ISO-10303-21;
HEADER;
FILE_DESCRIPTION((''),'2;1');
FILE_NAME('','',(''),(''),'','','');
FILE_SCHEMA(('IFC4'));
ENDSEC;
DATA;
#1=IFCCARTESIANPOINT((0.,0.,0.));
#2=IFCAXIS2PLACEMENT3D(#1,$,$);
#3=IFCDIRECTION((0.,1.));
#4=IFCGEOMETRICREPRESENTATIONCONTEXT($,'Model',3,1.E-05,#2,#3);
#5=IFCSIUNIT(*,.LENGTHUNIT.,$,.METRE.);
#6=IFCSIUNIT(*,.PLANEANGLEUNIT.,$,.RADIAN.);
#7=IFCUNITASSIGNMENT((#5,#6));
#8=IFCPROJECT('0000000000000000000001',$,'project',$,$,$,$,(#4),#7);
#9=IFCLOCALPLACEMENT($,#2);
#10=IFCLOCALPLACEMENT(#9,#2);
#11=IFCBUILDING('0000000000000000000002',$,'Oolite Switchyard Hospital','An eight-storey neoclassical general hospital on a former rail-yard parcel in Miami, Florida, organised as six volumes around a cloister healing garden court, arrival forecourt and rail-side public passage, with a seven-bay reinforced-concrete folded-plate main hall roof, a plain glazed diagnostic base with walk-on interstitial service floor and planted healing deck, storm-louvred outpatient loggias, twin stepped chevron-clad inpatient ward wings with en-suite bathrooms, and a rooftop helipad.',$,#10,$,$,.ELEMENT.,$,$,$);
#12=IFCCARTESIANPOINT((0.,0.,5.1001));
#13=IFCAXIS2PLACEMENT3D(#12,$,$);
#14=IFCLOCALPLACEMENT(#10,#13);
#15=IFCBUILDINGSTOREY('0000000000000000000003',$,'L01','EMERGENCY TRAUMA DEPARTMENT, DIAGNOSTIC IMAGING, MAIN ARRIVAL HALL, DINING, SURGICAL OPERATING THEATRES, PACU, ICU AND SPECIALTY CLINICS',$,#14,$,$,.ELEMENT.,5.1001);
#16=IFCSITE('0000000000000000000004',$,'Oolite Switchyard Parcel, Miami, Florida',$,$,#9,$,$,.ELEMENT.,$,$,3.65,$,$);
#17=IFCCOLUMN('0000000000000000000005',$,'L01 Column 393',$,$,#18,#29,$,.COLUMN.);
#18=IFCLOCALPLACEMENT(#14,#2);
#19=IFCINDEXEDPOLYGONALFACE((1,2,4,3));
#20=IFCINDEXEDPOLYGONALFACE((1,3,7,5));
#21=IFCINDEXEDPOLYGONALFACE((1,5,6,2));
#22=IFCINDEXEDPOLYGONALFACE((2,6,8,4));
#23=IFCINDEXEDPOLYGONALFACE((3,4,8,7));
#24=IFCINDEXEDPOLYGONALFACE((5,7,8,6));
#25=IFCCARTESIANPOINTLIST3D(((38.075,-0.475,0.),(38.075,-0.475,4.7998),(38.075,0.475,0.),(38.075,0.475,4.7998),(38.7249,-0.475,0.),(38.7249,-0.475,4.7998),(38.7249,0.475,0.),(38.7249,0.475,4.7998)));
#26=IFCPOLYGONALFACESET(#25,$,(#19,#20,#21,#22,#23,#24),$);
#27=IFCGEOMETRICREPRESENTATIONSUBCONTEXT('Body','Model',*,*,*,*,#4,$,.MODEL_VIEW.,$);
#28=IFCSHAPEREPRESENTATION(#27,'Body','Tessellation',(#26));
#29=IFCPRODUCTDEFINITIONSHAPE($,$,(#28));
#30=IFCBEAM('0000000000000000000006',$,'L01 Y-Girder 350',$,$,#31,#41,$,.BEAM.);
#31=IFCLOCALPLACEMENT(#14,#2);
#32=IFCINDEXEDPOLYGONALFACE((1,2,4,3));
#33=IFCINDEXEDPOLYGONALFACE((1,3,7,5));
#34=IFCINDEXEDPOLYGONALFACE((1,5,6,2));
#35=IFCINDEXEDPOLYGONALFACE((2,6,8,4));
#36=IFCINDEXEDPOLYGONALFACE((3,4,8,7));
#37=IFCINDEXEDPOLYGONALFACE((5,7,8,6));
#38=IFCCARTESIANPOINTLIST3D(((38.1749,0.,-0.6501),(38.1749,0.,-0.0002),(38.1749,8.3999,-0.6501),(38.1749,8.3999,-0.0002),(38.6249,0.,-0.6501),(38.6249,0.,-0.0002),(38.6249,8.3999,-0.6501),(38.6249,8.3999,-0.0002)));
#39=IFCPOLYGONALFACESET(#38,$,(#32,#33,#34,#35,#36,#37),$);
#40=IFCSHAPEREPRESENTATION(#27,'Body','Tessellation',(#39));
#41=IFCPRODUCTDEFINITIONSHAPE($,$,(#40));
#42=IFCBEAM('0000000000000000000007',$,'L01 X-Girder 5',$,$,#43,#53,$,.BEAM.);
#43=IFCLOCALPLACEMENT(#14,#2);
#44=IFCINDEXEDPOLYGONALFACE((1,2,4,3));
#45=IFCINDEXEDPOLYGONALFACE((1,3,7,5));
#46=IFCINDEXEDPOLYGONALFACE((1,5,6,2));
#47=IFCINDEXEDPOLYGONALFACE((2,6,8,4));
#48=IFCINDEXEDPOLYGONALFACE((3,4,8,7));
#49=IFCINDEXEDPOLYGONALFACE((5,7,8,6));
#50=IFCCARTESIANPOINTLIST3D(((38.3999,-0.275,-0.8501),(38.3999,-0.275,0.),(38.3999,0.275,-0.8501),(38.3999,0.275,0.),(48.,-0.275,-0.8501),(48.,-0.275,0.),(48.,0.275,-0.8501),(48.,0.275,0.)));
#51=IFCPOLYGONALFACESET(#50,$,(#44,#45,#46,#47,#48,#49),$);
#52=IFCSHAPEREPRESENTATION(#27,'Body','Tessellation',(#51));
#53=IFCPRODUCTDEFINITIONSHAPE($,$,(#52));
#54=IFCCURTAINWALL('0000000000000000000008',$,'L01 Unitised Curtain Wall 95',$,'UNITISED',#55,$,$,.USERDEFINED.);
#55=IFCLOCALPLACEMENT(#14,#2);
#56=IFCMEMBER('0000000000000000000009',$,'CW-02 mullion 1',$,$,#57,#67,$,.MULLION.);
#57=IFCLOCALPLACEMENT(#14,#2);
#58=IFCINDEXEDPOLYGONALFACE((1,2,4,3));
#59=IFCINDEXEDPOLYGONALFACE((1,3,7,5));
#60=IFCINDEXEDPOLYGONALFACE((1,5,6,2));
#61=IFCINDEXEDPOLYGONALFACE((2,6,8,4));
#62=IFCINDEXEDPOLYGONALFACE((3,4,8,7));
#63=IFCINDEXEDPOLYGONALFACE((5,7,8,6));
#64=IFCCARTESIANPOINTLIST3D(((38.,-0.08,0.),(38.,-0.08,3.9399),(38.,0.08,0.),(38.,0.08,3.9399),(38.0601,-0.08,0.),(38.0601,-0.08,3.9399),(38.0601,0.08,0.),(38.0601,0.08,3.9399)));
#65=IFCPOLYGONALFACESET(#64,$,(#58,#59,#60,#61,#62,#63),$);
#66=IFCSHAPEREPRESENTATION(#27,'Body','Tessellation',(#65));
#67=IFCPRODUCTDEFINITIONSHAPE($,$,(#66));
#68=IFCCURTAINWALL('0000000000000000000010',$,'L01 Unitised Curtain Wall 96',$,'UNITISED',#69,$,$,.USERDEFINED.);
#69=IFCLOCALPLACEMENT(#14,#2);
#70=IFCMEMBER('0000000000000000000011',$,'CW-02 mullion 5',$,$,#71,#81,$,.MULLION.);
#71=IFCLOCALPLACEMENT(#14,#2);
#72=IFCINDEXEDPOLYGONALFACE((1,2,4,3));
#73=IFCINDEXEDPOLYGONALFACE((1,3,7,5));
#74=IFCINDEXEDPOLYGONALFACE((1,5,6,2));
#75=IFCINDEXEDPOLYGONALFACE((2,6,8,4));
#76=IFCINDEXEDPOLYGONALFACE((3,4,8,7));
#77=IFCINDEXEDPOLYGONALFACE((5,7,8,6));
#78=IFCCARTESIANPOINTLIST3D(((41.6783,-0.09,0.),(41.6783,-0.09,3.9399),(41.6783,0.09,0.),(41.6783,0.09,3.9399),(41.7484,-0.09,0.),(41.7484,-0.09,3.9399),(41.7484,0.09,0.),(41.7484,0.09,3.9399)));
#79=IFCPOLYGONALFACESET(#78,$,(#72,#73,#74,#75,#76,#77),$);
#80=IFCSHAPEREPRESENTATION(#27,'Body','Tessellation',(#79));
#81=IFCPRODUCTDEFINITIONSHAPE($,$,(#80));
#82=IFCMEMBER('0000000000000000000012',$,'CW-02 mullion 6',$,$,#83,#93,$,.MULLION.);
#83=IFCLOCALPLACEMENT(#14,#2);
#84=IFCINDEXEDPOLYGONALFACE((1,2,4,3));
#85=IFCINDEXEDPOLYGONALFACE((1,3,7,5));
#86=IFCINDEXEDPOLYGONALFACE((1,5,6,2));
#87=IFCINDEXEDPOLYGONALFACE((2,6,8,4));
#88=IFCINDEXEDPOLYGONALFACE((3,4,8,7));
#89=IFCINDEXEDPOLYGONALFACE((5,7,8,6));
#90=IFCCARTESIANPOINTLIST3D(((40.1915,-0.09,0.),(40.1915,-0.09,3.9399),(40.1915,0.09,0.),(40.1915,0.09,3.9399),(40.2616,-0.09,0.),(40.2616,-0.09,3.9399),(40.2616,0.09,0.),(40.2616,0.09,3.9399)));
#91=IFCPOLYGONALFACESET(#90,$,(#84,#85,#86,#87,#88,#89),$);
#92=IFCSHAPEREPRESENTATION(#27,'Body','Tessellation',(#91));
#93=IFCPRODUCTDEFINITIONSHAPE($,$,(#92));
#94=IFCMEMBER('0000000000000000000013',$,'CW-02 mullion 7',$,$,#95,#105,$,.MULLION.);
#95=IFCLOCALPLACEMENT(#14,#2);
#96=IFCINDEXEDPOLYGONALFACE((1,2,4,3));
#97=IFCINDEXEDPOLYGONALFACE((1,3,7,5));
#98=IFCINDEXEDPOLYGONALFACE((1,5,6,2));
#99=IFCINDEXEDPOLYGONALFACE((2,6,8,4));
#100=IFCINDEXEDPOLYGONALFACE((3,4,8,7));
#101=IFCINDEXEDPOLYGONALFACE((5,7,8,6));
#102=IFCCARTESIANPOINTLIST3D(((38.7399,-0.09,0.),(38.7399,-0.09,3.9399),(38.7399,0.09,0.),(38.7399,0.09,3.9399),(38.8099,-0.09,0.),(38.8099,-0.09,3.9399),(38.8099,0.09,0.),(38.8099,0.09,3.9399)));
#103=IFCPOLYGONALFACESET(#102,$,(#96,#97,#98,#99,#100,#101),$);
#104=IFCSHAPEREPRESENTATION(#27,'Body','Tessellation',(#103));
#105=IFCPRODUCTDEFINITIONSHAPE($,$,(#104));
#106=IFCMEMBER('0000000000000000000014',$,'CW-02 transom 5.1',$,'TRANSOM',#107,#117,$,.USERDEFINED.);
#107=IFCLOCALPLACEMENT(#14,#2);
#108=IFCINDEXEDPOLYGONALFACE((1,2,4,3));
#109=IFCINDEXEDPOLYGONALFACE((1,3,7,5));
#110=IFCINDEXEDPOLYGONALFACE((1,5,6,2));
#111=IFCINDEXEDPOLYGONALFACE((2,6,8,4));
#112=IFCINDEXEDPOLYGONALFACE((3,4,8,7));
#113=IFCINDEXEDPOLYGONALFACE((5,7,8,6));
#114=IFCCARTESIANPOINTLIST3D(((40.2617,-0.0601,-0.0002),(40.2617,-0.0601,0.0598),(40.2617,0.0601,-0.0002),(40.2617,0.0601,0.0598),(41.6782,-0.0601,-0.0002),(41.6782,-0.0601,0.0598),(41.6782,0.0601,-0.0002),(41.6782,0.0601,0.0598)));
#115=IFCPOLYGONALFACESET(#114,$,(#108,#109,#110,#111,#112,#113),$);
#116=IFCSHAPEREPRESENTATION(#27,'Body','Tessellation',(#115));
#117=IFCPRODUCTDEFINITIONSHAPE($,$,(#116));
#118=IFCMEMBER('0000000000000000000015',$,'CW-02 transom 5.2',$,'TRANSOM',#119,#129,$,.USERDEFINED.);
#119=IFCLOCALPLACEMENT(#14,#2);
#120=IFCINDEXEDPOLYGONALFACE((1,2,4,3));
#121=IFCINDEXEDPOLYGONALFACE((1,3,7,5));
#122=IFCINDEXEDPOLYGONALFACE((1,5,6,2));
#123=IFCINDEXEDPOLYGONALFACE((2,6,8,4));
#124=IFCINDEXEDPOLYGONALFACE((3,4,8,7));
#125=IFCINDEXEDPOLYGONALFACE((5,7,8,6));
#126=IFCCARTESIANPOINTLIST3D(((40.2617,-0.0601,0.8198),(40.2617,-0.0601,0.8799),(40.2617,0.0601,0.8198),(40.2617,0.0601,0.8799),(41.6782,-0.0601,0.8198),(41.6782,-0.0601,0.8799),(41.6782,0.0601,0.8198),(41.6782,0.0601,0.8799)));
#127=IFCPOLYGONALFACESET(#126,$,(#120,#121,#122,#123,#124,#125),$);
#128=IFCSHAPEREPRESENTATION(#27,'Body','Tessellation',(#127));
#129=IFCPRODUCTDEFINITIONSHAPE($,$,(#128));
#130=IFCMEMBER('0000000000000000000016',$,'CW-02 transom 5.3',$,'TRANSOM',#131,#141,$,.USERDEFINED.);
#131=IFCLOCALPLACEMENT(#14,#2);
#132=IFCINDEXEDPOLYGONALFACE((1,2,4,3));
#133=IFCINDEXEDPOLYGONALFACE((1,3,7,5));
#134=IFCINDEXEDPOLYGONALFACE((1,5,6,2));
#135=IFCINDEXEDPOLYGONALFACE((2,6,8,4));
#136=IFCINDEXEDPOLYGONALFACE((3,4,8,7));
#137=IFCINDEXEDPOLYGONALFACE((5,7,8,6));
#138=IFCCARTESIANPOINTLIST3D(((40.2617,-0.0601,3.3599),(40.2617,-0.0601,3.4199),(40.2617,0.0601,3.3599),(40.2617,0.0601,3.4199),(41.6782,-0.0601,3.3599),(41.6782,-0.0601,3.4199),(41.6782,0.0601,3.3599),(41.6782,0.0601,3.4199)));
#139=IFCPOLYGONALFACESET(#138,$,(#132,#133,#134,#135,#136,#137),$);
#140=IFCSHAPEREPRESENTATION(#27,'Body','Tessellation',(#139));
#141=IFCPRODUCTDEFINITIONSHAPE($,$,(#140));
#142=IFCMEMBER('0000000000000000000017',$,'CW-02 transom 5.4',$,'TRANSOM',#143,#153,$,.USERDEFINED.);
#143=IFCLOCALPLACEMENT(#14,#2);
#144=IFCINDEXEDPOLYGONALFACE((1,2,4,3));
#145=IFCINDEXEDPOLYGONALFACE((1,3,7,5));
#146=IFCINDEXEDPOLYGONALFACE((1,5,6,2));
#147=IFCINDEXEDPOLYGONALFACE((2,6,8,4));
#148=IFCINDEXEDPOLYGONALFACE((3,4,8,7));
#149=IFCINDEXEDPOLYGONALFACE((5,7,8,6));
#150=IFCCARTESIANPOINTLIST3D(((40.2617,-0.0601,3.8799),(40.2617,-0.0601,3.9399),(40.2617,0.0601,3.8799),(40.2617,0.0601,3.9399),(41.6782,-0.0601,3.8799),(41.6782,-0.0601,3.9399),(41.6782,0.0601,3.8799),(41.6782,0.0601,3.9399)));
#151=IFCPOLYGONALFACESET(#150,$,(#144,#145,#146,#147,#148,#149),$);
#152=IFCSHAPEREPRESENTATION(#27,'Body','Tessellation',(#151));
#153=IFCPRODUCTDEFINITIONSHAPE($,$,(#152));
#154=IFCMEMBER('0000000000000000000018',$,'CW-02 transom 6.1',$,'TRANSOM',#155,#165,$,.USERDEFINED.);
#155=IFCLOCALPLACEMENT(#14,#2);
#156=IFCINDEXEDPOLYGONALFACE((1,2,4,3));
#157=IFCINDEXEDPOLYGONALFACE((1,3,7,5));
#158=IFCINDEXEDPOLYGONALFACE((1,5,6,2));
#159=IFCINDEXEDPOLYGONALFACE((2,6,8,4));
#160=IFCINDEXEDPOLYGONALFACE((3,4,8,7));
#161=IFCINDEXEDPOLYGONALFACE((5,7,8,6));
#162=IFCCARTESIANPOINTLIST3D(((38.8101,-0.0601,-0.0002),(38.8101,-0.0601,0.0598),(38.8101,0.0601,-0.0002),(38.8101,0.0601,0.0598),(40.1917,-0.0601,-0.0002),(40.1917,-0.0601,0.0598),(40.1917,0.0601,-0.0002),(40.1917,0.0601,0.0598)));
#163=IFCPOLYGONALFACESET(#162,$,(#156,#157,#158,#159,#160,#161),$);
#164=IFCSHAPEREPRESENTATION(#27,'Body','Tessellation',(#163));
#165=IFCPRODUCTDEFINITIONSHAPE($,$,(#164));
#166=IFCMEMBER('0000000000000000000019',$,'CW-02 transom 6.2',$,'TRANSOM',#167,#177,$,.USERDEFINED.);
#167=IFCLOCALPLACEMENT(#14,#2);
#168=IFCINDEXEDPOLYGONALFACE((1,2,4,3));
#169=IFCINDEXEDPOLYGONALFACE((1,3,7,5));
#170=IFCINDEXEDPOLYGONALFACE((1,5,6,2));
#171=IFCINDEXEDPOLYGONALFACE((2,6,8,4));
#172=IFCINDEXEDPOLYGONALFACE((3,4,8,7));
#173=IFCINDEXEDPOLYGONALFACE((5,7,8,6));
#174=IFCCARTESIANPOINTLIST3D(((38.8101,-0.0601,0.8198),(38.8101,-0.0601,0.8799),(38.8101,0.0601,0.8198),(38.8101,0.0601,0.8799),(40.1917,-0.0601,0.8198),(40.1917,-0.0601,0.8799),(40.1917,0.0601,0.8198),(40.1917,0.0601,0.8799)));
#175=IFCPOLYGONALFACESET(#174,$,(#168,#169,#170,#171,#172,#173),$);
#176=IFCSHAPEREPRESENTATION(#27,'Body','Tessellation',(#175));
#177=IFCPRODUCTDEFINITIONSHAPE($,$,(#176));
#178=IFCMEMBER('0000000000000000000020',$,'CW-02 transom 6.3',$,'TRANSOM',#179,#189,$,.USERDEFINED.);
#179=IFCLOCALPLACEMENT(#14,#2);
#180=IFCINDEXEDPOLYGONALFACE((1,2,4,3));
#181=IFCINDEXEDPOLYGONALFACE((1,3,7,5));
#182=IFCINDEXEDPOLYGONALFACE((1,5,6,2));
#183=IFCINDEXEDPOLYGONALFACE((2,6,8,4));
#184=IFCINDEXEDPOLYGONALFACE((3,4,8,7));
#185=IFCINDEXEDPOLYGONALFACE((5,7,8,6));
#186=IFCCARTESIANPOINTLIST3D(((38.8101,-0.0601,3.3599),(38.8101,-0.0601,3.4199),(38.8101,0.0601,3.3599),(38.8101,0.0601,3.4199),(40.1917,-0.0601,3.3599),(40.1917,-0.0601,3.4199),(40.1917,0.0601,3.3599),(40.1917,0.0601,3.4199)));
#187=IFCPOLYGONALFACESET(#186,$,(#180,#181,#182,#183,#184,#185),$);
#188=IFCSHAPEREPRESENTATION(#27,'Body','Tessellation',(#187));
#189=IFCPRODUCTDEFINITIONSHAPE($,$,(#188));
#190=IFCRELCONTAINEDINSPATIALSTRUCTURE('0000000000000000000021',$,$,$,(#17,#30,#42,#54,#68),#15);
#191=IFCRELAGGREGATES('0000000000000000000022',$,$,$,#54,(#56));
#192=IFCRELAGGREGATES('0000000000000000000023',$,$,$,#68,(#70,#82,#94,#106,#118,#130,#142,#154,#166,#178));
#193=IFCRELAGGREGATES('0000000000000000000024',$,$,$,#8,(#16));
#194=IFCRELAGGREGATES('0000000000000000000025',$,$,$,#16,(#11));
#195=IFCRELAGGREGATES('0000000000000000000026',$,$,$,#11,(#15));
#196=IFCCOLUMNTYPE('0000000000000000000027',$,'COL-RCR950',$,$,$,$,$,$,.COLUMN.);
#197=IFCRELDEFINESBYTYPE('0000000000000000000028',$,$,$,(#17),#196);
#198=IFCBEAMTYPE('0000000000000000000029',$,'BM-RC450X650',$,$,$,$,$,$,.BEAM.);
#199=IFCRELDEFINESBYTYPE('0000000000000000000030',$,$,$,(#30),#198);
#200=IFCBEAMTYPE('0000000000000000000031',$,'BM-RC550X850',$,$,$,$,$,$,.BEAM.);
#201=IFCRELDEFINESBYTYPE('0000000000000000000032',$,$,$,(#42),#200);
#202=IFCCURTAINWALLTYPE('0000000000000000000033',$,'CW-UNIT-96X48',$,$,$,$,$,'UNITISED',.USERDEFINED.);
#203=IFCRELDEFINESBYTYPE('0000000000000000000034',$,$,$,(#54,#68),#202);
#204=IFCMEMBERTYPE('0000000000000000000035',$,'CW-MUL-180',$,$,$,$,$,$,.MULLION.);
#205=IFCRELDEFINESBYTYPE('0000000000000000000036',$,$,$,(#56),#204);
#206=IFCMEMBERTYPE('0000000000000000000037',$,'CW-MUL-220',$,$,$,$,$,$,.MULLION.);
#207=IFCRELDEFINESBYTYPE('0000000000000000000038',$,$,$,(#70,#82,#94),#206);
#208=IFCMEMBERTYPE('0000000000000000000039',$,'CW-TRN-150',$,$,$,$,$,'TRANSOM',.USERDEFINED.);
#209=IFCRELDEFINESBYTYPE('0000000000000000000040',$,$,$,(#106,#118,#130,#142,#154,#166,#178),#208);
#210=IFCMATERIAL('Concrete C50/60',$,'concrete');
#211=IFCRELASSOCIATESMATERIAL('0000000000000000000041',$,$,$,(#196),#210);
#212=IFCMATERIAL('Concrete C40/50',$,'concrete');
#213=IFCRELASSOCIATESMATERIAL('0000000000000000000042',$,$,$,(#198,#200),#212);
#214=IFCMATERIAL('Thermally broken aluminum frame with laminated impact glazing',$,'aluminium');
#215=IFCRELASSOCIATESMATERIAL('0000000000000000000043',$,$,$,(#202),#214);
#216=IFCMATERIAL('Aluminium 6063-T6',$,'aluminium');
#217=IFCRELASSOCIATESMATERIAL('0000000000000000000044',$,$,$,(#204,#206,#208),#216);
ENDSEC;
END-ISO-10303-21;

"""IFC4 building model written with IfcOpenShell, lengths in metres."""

from ifc_helpers import new_model, si_unit, direction, frame, origin, origin_2d, place, context, subcontext, project, spatial, rectangle, extrude, material, material_profile, profile_set, type_object, element, aggregate, save


model = new_model("IFC4")

# Units and contexts
model_context = context("Model", 3, precision=1e-05, world=origin(), true_north=direction((0.0, 1.0)))
body_context = subcontext(model_context, "Body", "Model", "MODEL_VIEW")
ifc_project = project(units=[si_unit("LENGTHUNIT", "METRE"), si_unit("PLANEANGLEUNIT", "RADIAN")], contexts=[model_context])

# Site, building, storey
site_placement = place(None, origin())
site = spatial("IfcSite", under=ifc_project, at=site_placement, Name="Oolite Switchyard Parcel, Miami, Florida", CompositionType="ELEMENT", RefElevation=3.65)
building_placement = place(site_placement, origin())
building = spatial("IfcBuilding", under=site, at=building_placement, Name="Oolite Switchyard Hospital", Description="An eight-storey neoclassical general hospital on a former rail-yard parcel in Miami, Florida, organised as six volumes around a cloister healing garden court, arrival forecourt and rail-side public passage, with a seven-bay reinforced-concrete folded-plate main hall roof, a plain glazed diagnostic base with walk-on interstitial service floor and planted healing deck, storm-louvred outpatient loggias, twin stepped chevron-clad inpatient ward wings with en-suite bathrooms, and a rooftop helipad.", CompositionType="ELEMENT")
storey_placement = place(building_placement, frame((0.0, 0.0, 5.1001)))
storey = spatial("IfcBuildingStorey", under=building, at=storey_placement, Name="L01", Description="EMERGENCY TRAUMA DEPARTMENT, DIAGNOSTIC IMAGING, MAIN ARRIVAL HALL, DINING, SURGICAL OPERATING THEATRES, PACU, ICU AND SPECIALTY CLINICS", CompositionType="ELEMENT", Elevation=5.1001)

# Column
ifc_material_1 = material(Name="Concrete C50/60", Category="concrete")
ifc_material_profile_1 = material_profile(ifc_material_1, rectangle(XDim=0.95, YDim=0.6499, at=origin_2d()), Name="RC950X650")
ifc_profile_set_1 = profile_set([ifc_material_profile_1], Name="Concrete C50/60")
column_type = type_object("IfcColumnType", Name="COL-RCR950", PredefinedType="COLUMN", material=ifc_profile_set_1)
column_placement = place(storey_placement, frame((38.3999, 0.0, 0.0), z_axis=(0.0, 0.0, 1.0), x_axis=(0.0, 1.0, 0.0)))
element("IfcColumn", 1, at=column_placement, inside=storey, type_object=column_type, Name="L01 Column 393", PredefinedType="COLUMN", context=body_context, shape_type="SweptSolid", body=[
    extrude(rectangle(XDim=0.95, YDim=0.6499, at=origin_2d()), origin(), (0.0, 0.0, 1.0), 4.7998),
])

# Beams
ifc_material_2 = material(Name="Concrete C40/50", Category="concrete")
ifc_material_profile_2 = material_profile(ifc_material_2, rectangle(XDim=0.45, YDim=0.6499, at=origin_2d()), Name="RCB450X650")
ifc_profile_set_2 = profile_set([ifc_material_profile_2], Name="Concrete C40/50")
beam_type_1 = type_object("IfcBeamType", Name="BM-RC450X650", PredefinedType="BEAM", material=ifc_profile_set_2)
beam_1_placement = place(storey_placement, frame((38.3999, 0.0, -0.3252), z_axis=(0.0, 1.0, 0.0), x_axis=(-1.0, 0.0, 0.0)))
element("IfcBeam", 2, at=beam_1_placement, inside=storey, type_object=beam_type_1, Name="L01 Y-Girder 350", PredefinedType="BEAM", context=body_context, shape_type="SweptSolid", body=[
    extrude(rectangle(XDim=0.45, YDim=0.6499, at=origin_2d()), origin(), (0.0, 0.0, 1.0), 8.3999),
])
ifc_material_profile_3 = material_profile(ifc_material_2, rectangle(XDim=0.55, YDim=0.8501, at=origin_2d()), Name="RCB550X850")
ifc_profile_set_3 = profile_set([ifc_material_profile_3], Name="Concrete C40/50")
beam_type_2 = type_object("IfcBeamType", Name="BM-RC550X850", PredefinedType="BEAM", material=ifc_profile_set_3)
beam_2_placement = place(storey_placement, frame((38.3999, 0.0, -0.425), z_axis=(1.0, 0.0, 0.0), x_axis=(0.0, 1.0, 0.0)))
element("IfcBeam", 3, at=beam_2_placement, inside=storey, type_object=beam_type_2, Name="L01 X-Girder 5", PredefinedType="BEAM", context=body_context, shape_type="SweptSolid", body=[
    extrude(rectangle(XDim=0.55, YDim=0.8501, at=origin_2d()), origin(), (0.0, 0.0, 1.0), 9.6001),
])

# Curtain wall, member
ifc_material_3 = material(Name="Thermally broken aluminum frame with laminated impact glazing", Category="aluminium")
curtain_wall_type = type_object("IfcCurtainWallType", Name="CW-UNIT-96X48", ElementType="UNITISED", PredefinedType="USERDEFINED", material=ifc_material_3)
curtain_wall_1_placement = place(storey_placement, origin())
curtain_wall_1 = element("IfcCurtainWall", 4, at=curtain_wall_1_placement, inside=storey, type_object=curtain_wall_type, Name="L01 Unitised Curtain Wall 95", ObjectType="UNITISED", PredefinedType="USERDEFINED")
ifc_material_4 = material(Name="Aluminium 6063-T6", Category="aluminium")
ifc_material_profile_4 = material_profile(ifc_material_4, rectangle(XDim=0.1599, YDim=0.0601, at=origin_2d()), Name="CWM60X160")
ifc_profile_set_4 = profile_set([ifc_material_profile_4], Name="Aluminium 6063-T6")
member_type_1 = type_object("IfcMemberType", Name="CW-MUL-180", PredefinedType="MULLION", material=ifc_profile_set_4)
member_1_placement = place(storey_placement, frame((38.03, 0.0, 0.0), z_axis=(0.0, 0.0, 1.0), x_axis=(0.0, -1.0, 0.0)))
member_1 = element("IfcMember", 5, at=member_1_placement, type_object=member_type_1, Name="CW-02 mullion 1", PredefinedType="MULLION", context=body_context, shape_type="SweptSolid", body=[
    extrude(rectangle(XDim=0.1599, YDim=0.0601, at=origin_2d()), origin(), (0.0, 0.0, 1.0), 3.9399),
])

# Curtain wall, members
curtain_wall_2_placement = place(storey_placement, origin())
curtain_wall_2 = element("IfcCurtainWall", 6, at=curtain_wall_2_placement, inside=storey, type_object=curtain_wall_type, Name="L01 Unitised Curtain Wall 96", ObjectType="UNITISED", PredefinedType="USERDEFINED")
ifc_material_profile_5 = material_profile(ifc_material_4, rectangle(XDim=0.1799, YDim=0.0701, at=origin_2d()), Name="CWM70X180")
ifc_profile_set_5 = profile_set([ifc_material_profile_5], Name="Aluminium 6063-T6")
member_type_2 = type_object("IfcMemberType", Name="CW-MUL-220", PredefinedType="MULLION", material=ifc_profile_set_5)
member_2_placement = place(storey_placement, frame((41.7134, 0.0, 0.0), z_axis=(0.0, 0.0, 1.0), x_axis=(0.0, -1.0, 0.0)))
member_2 = element("IfcMember", 7, at=member_2_placement, type_object=member_type_2, Name="CW-02 mullion 5", PredefinedType="MULLION", context=body_context, shape_type="SweptSolid", body=[
    extrude(rectangle(XDim=0.1799, YDim=0.0701, at=origin_2d()), origin(), (0.0, 0.0, 1.0), 3.9399),
])
member_3_placement = place(storey_placement, frame((40.2266, 0.0, 0.0), z_axis=(0.0, 0.0, 1.0), x_axis=(0.0, -1.0, 0.0)))
member_3 = element("IfcMember", 8, at=member_3_placement, type_object=member_type_2, Name="CW-02 mullion 6", PredefinedType="MULLION", context=body_context, shape_type="SweptSolid", body=[
    extrude(rectangle(XDim=0.1799, YDim=0.0701, at=origin_2d()), origin(), (0.0, 0.0, 1.0), 3.9399),
])
member_4_placement = place(storey_placement, frame((38.7749, 0.0, 0.0), z_axis=(0.0, 0.0, 1.0), x_axis=(0.0, -1.0, 0.0)))
member_4 = element("IfcMember", 9, at=member_4_placement, type_object=member_type_2, Name="CW-02 mullion 7", PredefinedType="MULLION", context=body_context, shape_type="SweptSolid", body=[
    extrude(rectangle(XDim=0.1799, YDim=0.0701, at=origin_2d()), origin(), (0.0, 0.0, 1.0), 3.9399),
])
ifc_material_profile_6 = material_profile(ifc_material_4, rectangle(XDim=0.1201, YDim=0.0601, at=origin_2d()), Name="CWT60X120")
ifc_profile_set_6 = profile_set([ifc_material_profile_6], Name="Aluminium 6063-T6")
member_type_3 = type_object("IfcMemberType", Name="CW-TRN-150", ElementType="TRANSOM", PredefinedType="USERDEFINED", material=ifc_profile_set_6)
member_5_placement = place(storey_placement, frame((41.6782, 0.0, 0.0298), z_axis=(-1.0, 0.0, 0.0), x_axis=(0.0, -1.0, 0.0)))
member_5 = element("IfcMember", 10, at=member_5_placement, type_object=member_type_3, Name="CW-02 transom 5.1", ObjectType="TRANSOM", PredefinedType="USERDEFINED", context=body_context, shape_type="SweptSolid", body=[
    extrude(rectangle(XDim=0.1201, YDim=0.0601, at=origin_2d()), origin(), (0.0, 0.0, 1.0), 1.4165),
])
member_6_placement = place(storey_placement, frame((41.6782, 0.0, 0.8499), z_axis=(-1.0, 0.0, 0.0), x_axis=(0.0, -1.0, 0.0)))
member_6 = element("IfcMember", 11, at=member_6_placement, type_object=member_type_3, Name="CW-02 transom 5.2", ObjectType="TRANSOM", PredefinedType="USERDEFINED", context=body_context, shape_type="SweptSolid", body=[
    extrude(rectangle(XDim=0.1201, YDim=0.0601, at=origin_2d()), origin(), (0.0, 0.0, 1.0), 1.4165),
])
member_7_placement = place(storey_placement, frame((41.6782, 0.0, 3.3899), z_axis=(-1.0, 0.0, 0.0), x_axis=(0.0, -1.0, 0.0)))
member_7 = element("IfcMember", 12, at=member_7_placement, type_object=member_type_3, Name="CW-02 transom 5.3", ObjectType="TRANSOM", PredefinedType="USERDEFINED", context=body_context, shape_type="SweptSolid", body=[
    extrude(rectangle(XDim=0.1201, YDim=0.0601, at=origin_2d()), origin(), (0.0, 0.0, 1.0), 1.4165),
])
member_8_placement = place(storey_placement, frame((41.6782, 0.0, 3.9099), z_axis=(-1.0, 0.0, 0.0), x_axis=(0.0, -1.0, 0.0)))
member_8 = element("IfcMember", 13, at=member_8_placement, type_object=member_type_3, Name="CW-02 transom 5.4", ObjectType="TRANSOM", PredefinedType="USERDEFINED", context=body_context, shape_type="SweptSolid", body=[
    extrude(rectangle(XDim=0.1201, YDim=0.0601, at=origin_2d()), origin(), (0.0, 0.0, 1.0), 1.4165),
])
member_9_placement = place(storey_placement, frame((40.1917, 0.0, 0.0298), z_axis=(-1.0, 0.0, 0.0), x_axis=(0.0, -1.0, 0.0)))
member_9 = element("IfcMember", 14, at=member_9_placement, type_object=member_type_3, Name="CW-02 transom 6.1", ObjectType="TRANSOM", PredefinedType="USERDEFINED", context=body_context, shape_type="SweptSolid", body=[
    extrude(rectangle(XDim=0.1201, YDim=0.0601, at=origin_2d()), origin(), (0.0, 0.0, 1.0), 1.3816),
])
member_10_placement = place(storey_placement, frame((40.1917, 0.0, 0.8499), z_axis=(-1.0, 0.0, 0.0), x_axis=(0.0, -1.0, 0.0)))
member_10 = element("IfcMember", 15, at=member_10_placement, type_object=member_type_3, Name="CW-02 transom 6.2", ObjectType="TRANSOM", PredefinedType="USERDEFINED", context=body_context, shape_type="SweptSolid", body=[
    extrude(rectangle(XDim=0.1201, YDim=0.0601, at=origin_2d()), origin(), (0.0, 0.0, 1.0), 1.3816),
])
member_11_placement = place(storey_placement, frame((40.1917, 0.0, 3.3899), z_axis=(-1.0, 0.0, 0.0), x_axis=(0.0, -1.0, 0.0)))
member_11 = element("IfcMember", 16, at=member_11_placement, type_object=member_type_3, Name="CW-02 transom 6.3", ObjectType="TRANSOM", PredefinedType="USERDEFINED", context=body_context, shape_type="SweptSolid", body=[
    extrude(rectangle(XDim=0.1201, YDim=0.0601, at=origin_2d()), origin(), (0.0, 0.0, 1.0), 1.3816),
])

aggregate(curtain_wall_1, [member_1])

aggregate(curtain_wall_2, [member_2, member_3, member_4, member_5, member_6, member_7, member_8, member_9, member_10, member_11])

save(model, "model.ifc")
